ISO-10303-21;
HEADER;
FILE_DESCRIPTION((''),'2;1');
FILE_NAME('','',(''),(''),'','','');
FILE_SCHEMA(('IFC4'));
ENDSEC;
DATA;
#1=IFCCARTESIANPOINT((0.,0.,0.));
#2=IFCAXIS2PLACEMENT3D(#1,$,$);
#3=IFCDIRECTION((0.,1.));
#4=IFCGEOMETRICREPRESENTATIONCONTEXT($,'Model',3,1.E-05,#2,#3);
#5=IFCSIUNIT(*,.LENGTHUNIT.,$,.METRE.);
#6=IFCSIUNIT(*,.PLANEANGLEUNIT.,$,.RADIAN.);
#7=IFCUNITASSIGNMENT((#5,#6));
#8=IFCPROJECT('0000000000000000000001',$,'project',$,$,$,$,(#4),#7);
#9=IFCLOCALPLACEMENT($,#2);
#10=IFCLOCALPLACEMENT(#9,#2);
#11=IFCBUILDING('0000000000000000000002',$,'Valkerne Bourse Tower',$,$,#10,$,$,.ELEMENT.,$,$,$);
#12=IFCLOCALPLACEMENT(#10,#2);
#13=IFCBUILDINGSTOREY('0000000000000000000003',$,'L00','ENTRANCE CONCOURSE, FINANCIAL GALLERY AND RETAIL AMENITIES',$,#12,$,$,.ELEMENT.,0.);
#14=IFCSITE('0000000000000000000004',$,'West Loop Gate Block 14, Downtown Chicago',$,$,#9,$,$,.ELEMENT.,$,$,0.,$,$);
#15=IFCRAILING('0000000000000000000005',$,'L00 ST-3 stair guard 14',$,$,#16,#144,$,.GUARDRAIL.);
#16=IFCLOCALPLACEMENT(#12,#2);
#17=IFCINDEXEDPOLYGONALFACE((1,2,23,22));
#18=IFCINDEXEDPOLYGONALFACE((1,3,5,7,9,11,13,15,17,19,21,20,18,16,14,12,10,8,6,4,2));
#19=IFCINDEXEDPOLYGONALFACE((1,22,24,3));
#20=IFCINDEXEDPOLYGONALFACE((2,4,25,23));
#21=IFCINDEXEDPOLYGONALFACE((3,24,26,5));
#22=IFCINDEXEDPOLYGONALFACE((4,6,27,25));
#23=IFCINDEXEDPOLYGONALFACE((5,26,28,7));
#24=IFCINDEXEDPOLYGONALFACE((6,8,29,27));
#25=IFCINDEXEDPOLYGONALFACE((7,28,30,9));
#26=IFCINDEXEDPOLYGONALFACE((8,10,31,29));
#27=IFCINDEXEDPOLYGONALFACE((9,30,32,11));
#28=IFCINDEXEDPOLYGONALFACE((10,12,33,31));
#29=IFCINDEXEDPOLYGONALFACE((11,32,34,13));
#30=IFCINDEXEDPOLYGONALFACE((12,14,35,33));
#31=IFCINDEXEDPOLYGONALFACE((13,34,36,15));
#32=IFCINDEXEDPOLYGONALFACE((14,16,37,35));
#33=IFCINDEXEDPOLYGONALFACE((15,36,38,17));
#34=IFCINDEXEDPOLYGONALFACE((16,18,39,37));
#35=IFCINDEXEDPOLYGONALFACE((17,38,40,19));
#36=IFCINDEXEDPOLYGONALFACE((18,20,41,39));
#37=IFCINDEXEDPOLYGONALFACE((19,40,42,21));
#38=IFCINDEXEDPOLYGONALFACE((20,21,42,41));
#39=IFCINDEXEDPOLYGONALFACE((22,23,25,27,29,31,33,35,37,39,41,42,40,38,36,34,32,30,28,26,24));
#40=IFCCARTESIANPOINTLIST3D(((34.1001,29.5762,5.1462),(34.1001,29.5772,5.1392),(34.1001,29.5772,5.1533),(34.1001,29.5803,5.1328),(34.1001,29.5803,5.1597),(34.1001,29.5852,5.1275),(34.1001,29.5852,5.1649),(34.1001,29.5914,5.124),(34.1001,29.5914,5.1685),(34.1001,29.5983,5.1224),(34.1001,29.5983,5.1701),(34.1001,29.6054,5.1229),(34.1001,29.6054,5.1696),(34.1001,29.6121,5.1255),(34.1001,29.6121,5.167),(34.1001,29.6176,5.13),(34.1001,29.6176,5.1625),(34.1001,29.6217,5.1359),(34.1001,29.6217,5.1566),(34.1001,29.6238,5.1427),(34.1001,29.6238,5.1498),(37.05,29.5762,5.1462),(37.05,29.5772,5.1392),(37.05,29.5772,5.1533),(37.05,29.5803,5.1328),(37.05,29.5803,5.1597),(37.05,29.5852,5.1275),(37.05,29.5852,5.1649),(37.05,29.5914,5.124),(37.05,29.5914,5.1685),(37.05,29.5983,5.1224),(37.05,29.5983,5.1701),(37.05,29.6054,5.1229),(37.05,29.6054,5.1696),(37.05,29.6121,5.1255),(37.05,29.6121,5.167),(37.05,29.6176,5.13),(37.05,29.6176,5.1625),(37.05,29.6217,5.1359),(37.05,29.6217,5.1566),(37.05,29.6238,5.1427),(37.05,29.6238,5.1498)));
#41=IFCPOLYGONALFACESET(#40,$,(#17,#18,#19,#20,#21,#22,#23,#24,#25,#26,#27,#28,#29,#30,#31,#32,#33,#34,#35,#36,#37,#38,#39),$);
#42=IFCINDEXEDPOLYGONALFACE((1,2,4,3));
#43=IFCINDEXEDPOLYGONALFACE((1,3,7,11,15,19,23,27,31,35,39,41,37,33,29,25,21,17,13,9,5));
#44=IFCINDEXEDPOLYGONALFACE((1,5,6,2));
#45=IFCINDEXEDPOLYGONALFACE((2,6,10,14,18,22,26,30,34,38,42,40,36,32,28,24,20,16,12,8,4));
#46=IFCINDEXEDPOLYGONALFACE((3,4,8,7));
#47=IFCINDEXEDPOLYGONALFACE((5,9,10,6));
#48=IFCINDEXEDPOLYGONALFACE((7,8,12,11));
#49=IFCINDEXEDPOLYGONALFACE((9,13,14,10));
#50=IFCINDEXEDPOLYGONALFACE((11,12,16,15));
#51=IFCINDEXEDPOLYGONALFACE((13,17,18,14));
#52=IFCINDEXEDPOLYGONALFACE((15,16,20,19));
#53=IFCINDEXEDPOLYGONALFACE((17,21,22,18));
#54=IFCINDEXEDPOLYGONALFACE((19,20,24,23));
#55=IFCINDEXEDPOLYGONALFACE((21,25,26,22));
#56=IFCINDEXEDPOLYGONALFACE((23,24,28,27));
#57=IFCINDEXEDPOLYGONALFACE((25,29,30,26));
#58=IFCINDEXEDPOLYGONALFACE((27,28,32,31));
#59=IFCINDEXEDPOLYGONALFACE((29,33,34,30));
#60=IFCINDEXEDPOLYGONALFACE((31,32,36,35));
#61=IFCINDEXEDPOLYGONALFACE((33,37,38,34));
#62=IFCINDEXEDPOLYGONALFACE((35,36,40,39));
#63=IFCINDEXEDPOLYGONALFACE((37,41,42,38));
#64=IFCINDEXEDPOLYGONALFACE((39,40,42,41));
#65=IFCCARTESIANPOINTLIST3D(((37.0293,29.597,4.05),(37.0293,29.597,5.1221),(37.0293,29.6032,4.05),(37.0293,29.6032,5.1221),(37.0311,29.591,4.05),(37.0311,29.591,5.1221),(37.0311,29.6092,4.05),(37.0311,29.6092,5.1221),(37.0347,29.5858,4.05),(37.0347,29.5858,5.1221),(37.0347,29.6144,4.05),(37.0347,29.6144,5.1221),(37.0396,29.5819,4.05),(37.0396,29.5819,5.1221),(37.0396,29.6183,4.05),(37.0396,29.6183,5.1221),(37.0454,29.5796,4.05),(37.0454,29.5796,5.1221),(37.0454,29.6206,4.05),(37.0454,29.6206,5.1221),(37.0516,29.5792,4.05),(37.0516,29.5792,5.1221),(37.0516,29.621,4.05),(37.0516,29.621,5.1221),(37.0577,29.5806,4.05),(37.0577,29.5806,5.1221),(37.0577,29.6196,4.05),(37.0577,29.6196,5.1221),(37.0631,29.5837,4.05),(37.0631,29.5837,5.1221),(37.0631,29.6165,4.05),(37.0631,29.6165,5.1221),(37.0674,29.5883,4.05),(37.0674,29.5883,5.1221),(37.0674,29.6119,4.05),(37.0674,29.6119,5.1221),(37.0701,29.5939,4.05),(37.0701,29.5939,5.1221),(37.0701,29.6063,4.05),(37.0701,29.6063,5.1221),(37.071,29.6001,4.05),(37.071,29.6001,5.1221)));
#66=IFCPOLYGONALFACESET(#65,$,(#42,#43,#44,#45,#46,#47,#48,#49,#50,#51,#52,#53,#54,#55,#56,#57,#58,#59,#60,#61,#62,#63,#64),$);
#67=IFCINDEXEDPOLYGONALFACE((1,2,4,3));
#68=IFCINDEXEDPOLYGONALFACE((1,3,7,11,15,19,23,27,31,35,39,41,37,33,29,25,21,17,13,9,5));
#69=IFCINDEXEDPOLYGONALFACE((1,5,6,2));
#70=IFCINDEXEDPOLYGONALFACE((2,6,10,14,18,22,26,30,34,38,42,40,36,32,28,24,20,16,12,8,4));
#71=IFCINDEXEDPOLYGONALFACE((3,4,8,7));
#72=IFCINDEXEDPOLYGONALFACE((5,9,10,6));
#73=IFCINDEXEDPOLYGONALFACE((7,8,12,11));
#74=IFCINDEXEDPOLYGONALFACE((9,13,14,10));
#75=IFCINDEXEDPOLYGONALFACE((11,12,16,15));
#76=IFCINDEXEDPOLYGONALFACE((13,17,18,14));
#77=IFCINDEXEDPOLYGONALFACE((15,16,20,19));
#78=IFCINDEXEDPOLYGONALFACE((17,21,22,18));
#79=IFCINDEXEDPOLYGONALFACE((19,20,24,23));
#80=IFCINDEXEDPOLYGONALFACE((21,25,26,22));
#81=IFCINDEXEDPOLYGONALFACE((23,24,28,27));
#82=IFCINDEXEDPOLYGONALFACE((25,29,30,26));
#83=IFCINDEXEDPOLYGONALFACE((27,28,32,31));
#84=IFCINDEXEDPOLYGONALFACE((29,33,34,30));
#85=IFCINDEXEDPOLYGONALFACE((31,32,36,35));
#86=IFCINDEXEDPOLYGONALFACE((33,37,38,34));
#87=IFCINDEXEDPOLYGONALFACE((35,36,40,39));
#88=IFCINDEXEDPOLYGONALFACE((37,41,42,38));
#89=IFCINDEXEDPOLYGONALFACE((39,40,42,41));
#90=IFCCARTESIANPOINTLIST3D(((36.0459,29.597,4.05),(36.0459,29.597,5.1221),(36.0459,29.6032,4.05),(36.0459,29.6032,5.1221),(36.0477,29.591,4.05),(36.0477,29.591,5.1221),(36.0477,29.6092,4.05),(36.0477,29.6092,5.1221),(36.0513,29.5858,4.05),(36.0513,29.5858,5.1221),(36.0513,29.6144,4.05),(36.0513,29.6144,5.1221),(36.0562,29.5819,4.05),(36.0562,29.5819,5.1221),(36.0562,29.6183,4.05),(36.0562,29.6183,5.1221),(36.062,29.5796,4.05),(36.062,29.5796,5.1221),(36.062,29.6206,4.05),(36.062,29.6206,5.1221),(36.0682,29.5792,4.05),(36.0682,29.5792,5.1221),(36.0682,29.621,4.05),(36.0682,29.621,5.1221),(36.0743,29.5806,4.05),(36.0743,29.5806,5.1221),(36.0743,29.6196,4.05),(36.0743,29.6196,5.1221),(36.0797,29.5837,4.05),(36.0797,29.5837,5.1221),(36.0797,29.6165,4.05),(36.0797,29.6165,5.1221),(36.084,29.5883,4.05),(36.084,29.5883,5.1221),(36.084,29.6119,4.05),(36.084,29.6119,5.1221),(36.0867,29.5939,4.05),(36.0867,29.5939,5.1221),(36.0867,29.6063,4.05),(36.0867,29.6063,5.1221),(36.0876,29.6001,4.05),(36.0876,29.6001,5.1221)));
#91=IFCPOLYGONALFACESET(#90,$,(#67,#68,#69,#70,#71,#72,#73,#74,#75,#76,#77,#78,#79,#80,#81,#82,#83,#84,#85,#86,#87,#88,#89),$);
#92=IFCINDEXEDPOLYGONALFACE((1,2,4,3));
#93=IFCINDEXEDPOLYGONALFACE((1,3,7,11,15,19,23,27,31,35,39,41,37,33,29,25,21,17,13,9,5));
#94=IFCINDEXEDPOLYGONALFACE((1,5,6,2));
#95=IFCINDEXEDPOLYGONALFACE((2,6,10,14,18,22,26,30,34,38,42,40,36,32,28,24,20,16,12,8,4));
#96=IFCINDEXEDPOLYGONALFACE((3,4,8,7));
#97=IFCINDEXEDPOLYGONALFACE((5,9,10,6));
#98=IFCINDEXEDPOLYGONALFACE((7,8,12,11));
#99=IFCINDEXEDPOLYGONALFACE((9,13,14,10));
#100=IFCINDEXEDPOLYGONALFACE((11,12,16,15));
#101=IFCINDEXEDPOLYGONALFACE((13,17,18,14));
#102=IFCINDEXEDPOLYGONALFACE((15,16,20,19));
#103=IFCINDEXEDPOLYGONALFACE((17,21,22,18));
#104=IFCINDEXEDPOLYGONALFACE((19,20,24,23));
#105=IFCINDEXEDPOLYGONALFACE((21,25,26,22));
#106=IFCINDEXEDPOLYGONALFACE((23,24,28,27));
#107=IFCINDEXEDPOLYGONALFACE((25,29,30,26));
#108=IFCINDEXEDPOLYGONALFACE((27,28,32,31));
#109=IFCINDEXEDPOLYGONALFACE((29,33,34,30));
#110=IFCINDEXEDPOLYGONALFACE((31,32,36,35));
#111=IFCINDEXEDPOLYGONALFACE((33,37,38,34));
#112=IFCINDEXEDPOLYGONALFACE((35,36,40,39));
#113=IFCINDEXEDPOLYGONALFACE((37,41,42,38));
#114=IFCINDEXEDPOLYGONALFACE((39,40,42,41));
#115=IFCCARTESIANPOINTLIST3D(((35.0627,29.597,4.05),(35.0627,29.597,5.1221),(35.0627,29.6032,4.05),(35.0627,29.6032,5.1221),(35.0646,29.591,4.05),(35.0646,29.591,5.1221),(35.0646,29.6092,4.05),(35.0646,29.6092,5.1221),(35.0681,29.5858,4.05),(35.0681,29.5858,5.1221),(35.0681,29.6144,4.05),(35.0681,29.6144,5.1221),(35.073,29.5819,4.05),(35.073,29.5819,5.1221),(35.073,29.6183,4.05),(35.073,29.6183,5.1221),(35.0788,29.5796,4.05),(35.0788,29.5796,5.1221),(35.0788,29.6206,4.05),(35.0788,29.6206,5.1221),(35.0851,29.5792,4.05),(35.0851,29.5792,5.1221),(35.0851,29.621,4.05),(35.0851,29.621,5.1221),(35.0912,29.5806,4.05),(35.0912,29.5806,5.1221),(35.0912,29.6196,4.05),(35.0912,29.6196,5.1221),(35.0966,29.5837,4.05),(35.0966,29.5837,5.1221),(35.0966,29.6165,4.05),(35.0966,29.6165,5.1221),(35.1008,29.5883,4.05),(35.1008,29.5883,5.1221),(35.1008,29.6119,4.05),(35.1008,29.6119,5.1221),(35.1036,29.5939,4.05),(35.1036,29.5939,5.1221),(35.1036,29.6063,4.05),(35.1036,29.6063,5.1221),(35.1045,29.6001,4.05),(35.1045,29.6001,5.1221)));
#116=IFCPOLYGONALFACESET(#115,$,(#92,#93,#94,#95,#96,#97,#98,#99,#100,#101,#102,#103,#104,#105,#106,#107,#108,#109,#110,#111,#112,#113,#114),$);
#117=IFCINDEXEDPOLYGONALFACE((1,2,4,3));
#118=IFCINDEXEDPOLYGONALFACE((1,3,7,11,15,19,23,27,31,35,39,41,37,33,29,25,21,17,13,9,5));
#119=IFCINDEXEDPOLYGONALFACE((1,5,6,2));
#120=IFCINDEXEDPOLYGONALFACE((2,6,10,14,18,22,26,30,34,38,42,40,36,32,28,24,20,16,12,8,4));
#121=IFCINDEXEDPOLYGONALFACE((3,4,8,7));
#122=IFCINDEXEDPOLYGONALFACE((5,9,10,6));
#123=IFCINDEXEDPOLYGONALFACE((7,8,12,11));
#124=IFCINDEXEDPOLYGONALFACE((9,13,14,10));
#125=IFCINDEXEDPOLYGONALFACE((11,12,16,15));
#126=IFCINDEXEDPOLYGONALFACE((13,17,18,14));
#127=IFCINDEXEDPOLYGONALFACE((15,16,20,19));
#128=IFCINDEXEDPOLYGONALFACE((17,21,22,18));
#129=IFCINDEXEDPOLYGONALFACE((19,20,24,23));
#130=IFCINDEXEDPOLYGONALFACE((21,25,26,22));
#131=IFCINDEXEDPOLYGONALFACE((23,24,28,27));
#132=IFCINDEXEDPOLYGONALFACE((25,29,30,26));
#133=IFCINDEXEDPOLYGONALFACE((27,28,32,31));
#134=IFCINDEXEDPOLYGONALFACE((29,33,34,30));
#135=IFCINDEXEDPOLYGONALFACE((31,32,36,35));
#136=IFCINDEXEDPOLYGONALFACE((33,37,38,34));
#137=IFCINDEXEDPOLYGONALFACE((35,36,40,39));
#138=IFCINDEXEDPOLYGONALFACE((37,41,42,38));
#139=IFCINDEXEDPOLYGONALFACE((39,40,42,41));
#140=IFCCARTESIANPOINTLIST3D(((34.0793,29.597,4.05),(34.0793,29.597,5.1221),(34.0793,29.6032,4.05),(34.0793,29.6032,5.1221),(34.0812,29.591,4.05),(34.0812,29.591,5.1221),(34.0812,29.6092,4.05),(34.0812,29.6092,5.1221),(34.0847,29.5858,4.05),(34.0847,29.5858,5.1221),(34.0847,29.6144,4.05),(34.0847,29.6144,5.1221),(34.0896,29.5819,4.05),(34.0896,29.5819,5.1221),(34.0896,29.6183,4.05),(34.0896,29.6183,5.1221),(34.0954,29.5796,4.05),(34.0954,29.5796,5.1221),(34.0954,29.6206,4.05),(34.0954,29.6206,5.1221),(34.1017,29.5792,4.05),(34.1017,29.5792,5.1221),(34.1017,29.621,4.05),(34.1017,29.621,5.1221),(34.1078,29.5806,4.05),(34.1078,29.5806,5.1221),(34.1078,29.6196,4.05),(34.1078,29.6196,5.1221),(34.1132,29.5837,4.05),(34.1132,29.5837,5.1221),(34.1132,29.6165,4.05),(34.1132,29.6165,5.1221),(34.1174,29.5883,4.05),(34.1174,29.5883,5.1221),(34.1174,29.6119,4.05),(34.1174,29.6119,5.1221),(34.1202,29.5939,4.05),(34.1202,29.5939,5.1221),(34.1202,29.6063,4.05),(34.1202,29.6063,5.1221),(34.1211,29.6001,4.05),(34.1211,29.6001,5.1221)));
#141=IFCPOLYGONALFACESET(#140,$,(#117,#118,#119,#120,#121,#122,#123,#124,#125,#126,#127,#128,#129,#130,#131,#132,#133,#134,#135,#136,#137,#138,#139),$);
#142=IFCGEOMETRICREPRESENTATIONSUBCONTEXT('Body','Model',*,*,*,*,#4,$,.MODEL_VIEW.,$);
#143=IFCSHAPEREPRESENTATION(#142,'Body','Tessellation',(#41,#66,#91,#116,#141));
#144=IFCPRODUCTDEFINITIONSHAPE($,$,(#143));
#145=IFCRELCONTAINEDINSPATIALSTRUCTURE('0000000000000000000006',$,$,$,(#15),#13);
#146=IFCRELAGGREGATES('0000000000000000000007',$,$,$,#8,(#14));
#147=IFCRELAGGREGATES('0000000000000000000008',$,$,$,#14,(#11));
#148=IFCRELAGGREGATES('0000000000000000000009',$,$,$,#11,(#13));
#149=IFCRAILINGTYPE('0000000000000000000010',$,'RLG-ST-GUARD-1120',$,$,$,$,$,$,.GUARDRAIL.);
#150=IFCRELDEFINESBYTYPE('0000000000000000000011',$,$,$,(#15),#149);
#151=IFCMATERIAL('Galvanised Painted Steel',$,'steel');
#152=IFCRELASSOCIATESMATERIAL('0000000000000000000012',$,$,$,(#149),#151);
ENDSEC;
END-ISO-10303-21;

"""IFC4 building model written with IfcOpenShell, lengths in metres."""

from ifc_helpers import new_model, si_unit, direction, frame, origin, origin_2d, place, context, subcontext, project, spatial, circle, extrude, material, type_object, element, save


model = new_model("IFC4")

# Units and contexts
model_context = context("Model", 3, precision=1e-05, world=origin(), true_north=direction((0.0, 1.0)))
body_context = subcontext(model_context, "Body", "Model", "MODEL_VIEW")
ifc_project = project(units=[si_unit("LENGTHUNIT", "METRE"), si_unit("PLANEANGLEUNIT", "RADIAN")], contexts=[model_context])

# Site, building, storey
site_placement = place(None, origin())
site = spatial("IfcSite", under=ifc_project, at=site_placement, Name="West Loop Gate Block 14, Downtown Chicago", CompositionType="ELEMENT", RefElevation=0.0)
building_placement = place(site_placement, origin())
building = spatial("IfcBuilding", under=site, at=building_placement, Name="Valkerne Bourse Tower", CompositionType="ELEMENT")
storey_placement = place(building_placement, origin())
storey = spatial("IfcBuildingStorey", under=building, at=storey_placement, Name="L00", Description="ENTRANCE CONCOURSE, FINANCIAL GALLERY AND RETAIL AMENITIES", CompositionType="ELEMENT", Elevation=0.0)

# Shared definitions
ifc_material_1 = material(Name="Galvanised Painted Steel", Category="steel")

# Railing
railing_type_1 = type_object("IfcRailingType", Name="RLG-ST-GUARD-1120", PredefinedType="GUARDRAIL", material=ifc_material_1)
railing_1_placement = place(storey_placement, frame((37.05, 29.6001, 4.05)))
element("IfcRailing", 1, at=railing_1_placement, inside=storey, type_object=railing_type_1, Name="L00 ST-3 stair guard 14", PredefinedType="GUARDRAIL", context=body_context, shape_type="SweptSolid", body=[
    extrude(circle(Radius=0.0239, at=origin_2d()), frame((0.0, 0.0, 1.0962), z_axis=(-1.0, 0.0, 0.0), x_axis=(0.0, -1.0, 0.0)), (0.0, 0.0, 1.0), 2.95),
    extrude(circle(Radius=0.021, at=origin_2d()), origin(), (0.0, 0.0, 1.0), 1.072),
    extrude(circle(Radius=0.021, at=origin_2d()), frame((-0.9834, 0.0, 0.0)), (0.0, 0.0, 1.0), 1.072),
    extrude(circle(Radius=0.021, at=origin_2d()), frame((-1.9666, 0.0, 0.0)), (0.0, 0.0, 1.0), 1.072),
    extrude(circle(Radius=0.021, at=origin_2d()), frame((-2.95, 0.0, 0.0)), (0.0, 0.0, 1.0), 1.072),
])

save(model, "model.ifc")
